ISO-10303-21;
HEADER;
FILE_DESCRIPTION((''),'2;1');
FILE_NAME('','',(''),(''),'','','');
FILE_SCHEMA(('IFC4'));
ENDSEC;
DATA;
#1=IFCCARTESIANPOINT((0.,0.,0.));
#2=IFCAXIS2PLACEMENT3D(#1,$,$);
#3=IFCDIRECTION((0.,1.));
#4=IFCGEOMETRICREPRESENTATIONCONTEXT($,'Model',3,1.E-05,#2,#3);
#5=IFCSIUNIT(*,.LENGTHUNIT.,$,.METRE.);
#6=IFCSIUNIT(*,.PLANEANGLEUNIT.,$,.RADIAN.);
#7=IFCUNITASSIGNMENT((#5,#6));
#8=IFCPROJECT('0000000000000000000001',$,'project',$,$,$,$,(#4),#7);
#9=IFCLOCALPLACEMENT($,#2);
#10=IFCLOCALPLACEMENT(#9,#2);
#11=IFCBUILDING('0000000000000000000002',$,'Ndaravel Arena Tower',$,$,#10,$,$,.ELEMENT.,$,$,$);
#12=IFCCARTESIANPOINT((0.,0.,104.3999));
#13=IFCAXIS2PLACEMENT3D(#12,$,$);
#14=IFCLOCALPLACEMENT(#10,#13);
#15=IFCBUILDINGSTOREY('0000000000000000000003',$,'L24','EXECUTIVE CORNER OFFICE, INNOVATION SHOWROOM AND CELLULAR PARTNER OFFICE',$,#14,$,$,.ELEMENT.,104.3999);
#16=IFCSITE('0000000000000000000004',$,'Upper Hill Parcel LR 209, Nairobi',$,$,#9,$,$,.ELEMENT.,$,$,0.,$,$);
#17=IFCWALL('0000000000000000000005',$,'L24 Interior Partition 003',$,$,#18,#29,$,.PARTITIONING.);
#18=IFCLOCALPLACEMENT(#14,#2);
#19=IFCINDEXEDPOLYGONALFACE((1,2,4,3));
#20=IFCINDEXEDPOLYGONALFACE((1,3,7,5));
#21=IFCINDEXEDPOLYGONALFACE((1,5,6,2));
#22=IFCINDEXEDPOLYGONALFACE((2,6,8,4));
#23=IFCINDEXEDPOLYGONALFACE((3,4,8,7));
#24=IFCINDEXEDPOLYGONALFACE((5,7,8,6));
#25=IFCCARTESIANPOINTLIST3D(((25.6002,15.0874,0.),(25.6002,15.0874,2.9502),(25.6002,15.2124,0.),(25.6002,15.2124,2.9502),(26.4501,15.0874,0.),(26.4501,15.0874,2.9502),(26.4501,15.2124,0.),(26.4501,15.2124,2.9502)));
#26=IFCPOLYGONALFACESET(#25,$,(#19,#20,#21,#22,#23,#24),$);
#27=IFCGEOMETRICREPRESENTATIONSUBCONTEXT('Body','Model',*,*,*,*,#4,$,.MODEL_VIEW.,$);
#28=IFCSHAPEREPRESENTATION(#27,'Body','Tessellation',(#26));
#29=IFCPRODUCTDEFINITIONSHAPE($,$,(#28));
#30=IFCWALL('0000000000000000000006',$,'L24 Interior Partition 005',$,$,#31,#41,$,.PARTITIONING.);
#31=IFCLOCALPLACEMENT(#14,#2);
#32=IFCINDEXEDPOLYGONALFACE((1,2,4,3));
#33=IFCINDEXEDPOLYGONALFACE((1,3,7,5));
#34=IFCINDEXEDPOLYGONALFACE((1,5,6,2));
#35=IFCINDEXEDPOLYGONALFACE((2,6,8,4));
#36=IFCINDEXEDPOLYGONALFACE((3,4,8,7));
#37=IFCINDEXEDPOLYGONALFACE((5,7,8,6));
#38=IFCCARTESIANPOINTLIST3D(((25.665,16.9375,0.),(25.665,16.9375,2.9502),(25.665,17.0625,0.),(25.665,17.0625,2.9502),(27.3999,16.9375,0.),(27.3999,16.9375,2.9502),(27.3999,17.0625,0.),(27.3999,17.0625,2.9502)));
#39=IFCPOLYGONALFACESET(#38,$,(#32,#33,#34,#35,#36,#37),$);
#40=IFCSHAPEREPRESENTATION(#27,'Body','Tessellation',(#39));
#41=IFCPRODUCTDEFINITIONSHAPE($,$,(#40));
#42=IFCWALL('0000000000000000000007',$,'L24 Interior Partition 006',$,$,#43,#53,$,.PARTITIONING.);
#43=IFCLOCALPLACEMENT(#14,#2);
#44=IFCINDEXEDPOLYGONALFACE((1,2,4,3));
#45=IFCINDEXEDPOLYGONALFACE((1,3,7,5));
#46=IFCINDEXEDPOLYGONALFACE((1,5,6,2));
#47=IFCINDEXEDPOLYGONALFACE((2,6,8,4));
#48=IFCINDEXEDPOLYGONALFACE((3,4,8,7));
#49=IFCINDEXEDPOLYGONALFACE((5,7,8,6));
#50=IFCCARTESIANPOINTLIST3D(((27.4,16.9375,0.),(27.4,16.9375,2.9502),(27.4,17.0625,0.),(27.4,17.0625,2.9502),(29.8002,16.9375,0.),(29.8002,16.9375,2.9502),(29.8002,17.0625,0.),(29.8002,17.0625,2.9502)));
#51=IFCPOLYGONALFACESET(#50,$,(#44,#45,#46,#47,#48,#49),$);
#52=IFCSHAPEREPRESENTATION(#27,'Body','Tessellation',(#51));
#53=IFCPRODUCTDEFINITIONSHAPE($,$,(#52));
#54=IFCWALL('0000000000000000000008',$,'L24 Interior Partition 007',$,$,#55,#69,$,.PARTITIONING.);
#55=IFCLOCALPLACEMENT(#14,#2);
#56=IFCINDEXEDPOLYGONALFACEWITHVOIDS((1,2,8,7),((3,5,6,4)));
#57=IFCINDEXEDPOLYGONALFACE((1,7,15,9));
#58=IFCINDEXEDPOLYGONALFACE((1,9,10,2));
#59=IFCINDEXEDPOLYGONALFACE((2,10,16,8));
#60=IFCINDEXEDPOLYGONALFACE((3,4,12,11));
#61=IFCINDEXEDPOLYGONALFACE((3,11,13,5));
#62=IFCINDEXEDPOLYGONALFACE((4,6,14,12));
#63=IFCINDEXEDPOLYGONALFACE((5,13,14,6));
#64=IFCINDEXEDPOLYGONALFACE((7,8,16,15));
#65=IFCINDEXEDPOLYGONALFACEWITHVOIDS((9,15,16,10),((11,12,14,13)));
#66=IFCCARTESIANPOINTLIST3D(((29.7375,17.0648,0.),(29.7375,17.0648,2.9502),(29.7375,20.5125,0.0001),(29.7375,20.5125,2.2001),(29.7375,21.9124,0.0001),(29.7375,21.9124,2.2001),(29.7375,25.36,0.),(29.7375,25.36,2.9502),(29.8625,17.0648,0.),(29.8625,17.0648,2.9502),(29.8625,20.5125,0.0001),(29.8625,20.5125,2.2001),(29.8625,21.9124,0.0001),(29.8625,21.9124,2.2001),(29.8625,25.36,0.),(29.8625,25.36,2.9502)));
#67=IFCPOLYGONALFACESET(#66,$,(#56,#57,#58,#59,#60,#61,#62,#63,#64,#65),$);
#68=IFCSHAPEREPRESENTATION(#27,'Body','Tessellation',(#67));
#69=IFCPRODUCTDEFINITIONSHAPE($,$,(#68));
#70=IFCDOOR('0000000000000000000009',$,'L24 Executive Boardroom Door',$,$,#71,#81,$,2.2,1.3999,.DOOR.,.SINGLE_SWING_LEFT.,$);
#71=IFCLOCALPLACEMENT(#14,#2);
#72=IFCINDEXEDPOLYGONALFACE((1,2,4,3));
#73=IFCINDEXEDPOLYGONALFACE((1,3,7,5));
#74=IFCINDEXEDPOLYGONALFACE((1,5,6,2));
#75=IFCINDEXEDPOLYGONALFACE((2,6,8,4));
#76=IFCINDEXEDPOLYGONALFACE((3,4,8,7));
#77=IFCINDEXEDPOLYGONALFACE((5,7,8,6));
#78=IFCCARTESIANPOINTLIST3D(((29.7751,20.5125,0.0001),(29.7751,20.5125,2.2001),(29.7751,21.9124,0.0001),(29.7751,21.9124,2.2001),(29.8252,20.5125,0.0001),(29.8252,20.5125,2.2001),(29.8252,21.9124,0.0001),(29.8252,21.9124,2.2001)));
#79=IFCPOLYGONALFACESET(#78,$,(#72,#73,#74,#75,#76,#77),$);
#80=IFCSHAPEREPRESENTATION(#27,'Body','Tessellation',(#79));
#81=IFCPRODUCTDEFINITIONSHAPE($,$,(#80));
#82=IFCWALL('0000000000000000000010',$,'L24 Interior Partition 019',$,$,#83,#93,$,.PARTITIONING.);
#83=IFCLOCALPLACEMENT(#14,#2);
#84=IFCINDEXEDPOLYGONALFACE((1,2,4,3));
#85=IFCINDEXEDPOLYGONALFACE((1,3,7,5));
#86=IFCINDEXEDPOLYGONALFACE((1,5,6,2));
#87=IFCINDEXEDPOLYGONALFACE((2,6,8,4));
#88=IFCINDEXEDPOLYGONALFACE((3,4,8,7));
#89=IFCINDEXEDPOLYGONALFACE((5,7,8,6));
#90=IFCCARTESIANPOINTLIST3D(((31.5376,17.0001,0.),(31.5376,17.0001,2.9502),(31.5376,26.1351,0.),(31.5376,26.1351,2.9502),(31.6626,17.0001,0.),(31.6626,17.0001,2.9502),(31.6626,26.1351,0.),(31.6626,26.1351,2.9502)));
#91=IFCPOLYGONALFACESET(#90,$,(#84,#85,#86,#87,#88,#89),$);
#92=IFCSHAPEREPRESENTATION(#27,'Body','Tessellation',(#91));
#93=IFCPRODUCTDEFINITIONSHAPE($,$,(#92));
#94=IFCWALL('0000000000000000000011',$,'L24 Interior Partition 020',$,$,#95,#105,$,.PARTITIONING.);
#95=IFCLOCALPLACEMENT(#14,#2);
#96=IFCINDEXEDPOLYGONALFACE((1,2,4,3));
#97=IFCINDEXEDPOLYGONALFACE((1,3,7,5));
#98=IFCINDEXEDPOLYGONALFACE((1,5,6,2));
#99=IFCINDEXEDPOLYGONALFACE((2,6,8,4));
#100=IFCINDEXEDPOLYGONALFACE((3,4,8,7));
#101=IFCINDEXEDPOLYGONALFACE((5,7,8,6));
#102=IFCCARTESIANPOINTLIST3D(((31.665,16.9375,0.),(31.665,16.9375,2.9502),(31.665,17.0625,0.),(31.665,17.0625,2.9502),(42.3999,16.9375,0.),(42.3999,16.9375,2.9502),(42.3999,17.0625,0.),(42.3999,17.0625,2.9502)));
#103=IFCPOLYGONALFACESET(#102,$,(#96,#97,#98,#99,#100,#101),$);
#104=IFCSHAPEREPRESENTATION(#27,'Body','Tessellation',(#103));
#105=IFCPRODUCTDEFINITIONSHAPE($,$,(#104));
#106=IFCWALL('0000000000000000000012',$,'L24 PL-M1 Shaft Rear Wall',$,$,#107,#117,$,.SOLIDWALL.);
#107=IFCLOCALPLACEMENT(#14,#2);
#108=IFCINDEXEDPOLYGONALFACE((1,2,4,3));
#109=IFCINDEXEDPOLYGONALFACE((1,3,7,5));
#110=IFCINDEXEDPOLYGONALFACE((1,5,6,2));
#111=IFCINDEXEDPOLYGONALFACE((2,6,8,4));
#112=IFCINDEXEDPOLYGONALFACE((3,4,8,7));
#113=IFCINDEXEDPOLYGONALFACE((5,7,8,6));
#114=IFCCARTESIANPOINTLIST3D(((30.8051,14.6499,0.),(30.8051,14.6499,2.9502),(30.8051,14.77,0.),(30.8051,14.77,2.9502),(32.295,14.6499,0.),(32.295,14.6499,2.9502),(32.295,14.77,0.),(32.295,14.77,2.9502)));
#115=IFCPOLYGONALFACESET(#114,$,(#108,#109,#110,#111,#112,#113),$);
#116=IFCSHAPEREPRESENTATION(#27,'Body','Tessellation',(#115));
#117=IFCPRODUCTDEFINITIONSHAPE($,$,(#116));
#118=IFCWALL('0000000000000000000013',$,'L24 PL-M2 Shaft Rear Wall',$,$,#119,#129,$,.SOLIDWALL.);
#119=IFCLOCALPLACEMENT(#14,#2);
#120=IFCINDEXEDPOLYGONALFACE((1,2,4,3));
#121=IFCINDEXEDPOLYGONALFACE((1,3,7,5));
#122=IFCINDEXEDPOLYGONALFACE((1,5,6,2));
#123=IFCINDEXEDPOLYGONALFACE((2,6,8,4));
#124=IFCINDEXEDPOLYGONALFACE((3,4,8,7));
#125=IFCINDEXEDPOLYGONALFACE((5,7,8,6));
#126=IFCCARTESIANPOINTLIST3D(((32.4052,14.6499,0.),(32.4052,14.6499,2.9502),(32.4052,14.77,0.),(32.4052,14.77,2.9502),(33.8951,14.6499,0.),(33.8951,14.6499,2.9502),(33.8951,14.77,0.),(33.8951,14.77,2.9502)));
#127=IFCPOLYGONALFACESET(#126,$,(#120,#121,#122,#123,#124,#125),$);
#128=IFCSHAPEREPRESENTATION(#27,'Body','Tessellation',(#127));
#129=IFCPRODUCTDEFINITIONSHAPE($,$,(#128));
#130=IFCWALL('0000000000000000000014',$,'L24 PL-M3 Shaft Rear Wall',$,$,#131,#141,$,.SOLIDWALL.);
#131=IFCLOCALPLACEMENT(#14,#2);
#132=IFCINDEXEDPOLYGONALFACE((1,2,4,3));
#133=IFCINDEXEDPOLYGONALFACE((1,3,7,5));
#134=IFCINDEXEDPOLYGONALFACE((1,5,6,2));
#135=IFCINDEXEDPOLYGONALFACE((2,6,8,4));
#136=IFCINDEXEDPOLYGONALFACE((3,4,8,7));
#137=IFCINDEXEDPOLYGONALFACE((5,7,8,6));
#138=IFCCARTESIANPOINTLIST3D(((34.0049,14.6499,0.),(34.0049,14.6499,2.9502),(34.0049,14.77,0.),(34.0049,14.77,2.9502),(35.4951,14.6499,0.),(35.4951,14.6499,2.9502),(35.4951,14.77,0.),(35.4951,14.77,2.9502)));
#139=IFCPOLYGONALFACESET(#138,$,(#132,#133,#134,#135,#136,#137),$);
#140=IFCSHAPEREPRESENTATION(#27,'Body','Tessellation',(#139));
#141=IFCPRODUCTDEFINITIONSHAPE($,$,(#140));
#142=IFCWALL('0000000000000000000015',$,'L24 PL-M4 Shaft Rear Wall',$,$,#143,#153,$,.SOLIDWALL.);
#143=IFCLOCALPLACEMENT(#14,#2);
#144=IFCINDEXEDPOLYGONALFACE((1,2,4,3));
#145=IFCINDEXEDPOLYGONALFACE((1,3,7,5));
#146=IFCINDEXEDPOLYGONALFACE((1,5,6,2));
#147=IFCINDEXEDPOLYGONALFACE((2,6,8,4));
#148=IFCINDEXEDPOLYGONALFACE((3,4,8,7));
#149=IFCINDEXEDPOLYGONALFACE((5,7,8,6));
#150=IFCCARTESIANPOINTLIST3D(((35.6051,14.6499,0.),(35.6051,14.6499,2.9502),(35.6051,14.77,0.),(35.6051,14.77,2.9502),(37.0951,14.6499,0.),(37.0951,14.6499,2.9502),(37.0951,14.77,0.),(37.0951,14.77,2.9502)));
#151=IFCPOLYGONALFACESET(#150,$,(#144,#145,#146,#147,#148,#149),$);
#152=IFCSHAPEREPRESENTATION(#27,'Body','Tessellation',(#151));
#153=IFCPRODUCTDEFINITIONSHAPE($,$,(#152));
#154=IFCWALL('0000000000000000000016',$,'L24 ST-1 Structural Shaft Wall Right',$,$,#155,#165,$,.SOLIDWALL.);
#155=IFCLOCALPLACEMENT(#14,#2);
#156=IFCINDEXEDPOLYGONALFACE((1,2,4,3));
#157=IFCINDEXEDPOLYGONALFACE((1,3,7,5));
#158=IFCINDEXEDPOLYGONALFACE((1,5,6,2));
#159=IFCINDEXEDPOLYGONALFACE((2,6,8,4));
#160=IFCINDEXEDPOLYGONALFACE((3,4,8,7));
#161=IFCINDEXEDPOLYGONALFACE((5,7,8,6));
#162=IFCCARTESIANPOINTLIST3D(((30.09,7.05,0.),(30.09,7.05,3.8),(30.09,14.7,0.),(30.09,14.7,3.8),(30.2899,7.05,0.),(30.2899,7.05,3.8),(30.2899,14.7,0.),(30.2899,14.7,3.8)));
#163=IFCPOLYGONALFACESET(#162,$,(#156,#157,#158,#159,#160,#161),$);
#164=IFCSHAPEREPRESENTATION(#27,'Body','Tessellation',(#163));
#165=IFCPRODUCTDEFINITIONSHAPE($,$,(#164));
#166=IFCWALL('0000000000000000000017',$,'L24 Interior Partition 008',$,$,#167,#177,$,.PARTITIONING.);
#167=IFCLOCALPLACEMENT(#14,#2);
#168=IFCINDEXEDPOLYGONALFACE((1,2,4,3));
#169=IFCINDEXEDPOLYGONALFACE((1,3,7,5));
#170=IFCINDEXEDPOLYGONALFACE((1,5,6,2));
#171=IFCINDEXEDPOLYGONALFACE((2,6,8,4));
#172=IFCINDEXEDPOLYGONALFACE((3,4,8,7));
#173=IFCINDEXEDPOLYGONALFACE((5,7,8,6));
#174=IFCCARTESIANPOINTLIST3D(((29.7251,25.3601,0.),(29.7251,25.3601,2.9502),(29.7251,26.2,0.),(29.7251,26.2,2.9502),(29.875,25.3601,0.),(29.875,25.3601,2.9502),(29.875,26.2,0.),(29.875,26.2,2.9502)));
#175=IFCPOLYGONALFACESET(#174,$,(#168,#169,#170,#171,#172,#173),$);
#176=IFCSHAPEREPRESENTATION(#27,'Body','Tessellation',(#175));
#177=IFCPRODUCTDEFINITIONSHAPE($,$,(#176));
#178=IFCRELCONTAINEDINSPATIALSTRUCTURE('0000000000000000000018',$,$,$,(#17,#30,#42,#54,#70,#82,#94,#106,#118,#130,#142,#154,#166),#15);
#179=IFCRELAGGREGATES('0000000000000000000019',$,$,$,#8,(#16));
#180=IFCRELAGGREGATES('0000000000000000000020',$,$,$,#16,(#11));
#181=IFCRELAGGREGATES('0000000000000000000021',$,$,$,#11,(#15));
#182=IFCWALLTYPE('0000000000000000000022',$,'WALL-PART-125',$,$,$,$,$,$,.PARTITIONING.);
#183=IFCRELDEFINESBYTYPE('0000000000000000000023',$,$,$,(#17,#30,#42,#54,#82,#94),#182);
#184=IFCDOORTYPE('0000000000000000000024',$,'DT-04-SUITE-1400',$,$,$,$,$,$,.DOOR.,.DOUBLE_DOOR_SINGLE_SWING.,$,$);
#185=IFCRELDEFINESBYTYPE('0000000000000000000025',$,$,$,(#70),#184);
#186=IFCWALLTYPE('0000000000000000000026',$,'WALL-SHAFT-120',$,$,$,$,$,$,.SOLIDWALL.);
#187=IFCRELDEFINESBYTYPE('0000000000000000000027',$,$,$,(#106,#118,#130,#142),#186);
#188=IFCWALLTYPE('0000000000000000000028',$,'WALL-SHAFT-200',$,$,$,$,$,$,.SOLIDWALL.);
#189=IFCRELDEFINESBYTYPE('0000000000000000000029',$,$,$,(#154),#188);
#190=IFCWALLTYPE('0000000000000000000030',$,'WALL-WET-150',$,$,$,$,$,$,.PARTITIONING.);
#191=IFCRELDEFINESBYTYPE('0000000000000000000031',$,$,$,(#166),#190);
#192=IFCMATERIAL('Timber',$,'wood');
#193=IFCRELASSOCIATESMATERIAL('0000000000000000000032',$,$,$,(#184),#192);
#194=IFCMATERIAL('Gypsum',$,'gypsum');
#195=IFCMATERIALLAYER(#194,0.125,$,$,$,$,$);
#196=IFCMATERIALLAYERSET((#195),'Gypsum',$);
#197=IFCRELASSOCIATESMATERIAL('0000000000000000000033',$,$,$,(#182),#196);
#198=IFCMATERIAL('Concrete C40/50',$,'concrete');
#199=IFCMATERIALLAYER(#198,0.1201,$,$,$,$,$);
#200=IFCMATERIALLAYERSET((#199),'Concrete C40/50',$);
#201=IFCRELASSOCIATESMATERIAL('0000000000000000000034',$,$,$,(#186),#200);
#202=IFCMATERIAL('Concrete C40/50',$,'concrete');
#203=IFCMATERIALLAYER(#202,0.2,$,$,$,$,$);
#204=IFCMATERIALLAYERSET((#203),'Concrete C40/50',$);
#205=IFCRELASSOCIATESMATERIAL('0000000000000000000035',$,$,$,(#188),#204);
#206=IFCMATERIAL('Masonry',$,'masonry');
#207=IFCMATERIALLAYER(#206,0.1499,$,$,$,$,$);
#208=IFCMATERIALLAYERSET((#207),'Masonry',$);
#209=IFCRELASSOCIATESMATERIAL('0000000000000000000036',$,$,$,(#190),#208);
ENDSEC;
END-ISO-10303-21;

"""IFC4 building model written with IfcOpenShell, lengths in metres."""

from ifc_helpers import new_model, si_unit, direction, frame, frame_2d, origin, place, context, subcontext, project, spatial, rectangle, extrude, material, layer, layer_set, type_object, element, fill, save


model = new_model("IFC4")

# Units and contexts
model_context = context("Model", 3, precision=1e-05, world=origin(), true_north=direction((0.0, 1.0)))
body_context = subcontext(model_context, "Body", "Model", "MODEL_VIEW")
ifc_project = project(units=[si_unit("LENGTHUNIT", "METRE"), si_unit("PLANEANGLEUNIT", "RADIAN")], contexts=[model_context])

# Site, building, storey
site_placement = place(None, origin())
site = spatial("IfcSite", under=ifc_project, at=site_placement, Name="Upper Hill Parcel LR 209, Nairobi", CompositionType="ELEMENT", RefElevation=0.0)
building_placement = place(site_placement, origin())
building = spatial("IfcBuilding", under=site, at=building_placement, Name="Ndaravel Arena Tower", CompositionType="ELEMENT")
storey_placement = place(building_placement, frame((0.0, 0.0, 104.3999)))
storey = spatial("IfcBuildingStorey", under=building, at=storey_placement, Name="L24", Description="EXECUTIVE CORNER OFFICE, INNOVATION SHOWROOM AND CELLULAR PARTNER OFFICE", CompositionType="ELEMENT", Elevation=104.3999)

# Shared definitions
ifc_material_1 = material(Name="Timber", Category="wood")
door_type_1 = type_object("IfcDoorType", Name="DT-04-SUITE-1400", OperationType="DOUBLE_DOOR_SINGLE_SWING", PredefinedType="DOOR", material=ifc_material_1)

# Walls
ifc_material_2 = material(Name="Gypsum", Category="gypsum")
ifc_layer_1 = layer(ifc_material_2, 0.125)
ifc_layer_set_1 = layer_set([ifc_layer_1], Name="Gypsum")
wall_type_1 = type_object("IfcWallType", Name="WALL-PART-125", PredefinedType="PARTITIONING", material=ifc_layer_set_1)
wall_1_placement = place(storey_placement, frame((26.45, 15.1499, 0.0), z_axis=(0.0, 0.0, 1.0), x_axis=(-1.0, 0.0, 0.0)))
element("IfcWall", 1, at=wall_1_placement, inside=storey, type_object=wall_type_1, Name="L24 Interior Partition 003", PredefinedType="PARTITIONING", context=body_context, shape_type="SweptSolid", body=[
    extrude(rectangle(XDim=0.8499, YDim=0.125, at=frame_2d((0.4248, 0.0))), origin(), (0.0, 0.0, 1.0), 2.9502),
])
wall_2_placement = place(storey_placement, frame((25.665, 17.0, 0.0), z_axis=(0.0, 0.0, 1.0), x_axis=(1.0, 0.0, 0.0)))
element("IfcWall", 2, at=wall_2_placement, inside=storey, type_object=wall_type_1, Name="L24 Interior Partition 005", PredefinedType="PARTITIONING", context=body_context, shape_type="SweptSolid", body=[
    extrude(rectangle(XDim=1.7349, YDim=0.125, at=frame_2d((0.8674, 0.0))), origin(), (0.0, 0.0, 1.0), 2.9502),
])
wall_3_placement = place(storey_placement, frame((27.3999, 17.0, 0.0), z_axis=(0.0, 0.0, 1.0), x_axis=(1.0, 0.0, 0.0)))
element("IfcWall", 3, at=wall_3_placement, inside=storey, type_object=wall_type_1, Name="L24 Interior Partition 006", PredefinedType="PARTITIONING", context=body_context, shape_type="SweptSolid", body=[
    extrude(rectangle(XDim=2.4001, YDim=0.125, at=frame_2d((1.2002, 0.0))), origin(), (0.0, 0.0, 1.0), 2.9502),
])

# Wall, opening, door
wall_4_placement = place(storey_placement, frame((29.8, 17.0649, 0.0), z_axis=(0.0, 0.0, 1.0), x_axis=(0.0, 1.0, 0.0)))
wall_4 = element("IfcWall", 4, at=wall_4_placement, inside=storey, type_object=wall_type_1, Name="L24 Interior Partition 007", PredefinedType="PARTITIONING", context=body_context, shape_type="SweptSolid", body=[
    extrude(rectangle(XDim=8.2952, YDim=0.125, at=frame_2d((4.1475, 0.0))), origin(), (0.0, 0.0, 1.0), 2.9502),
])
opening_1_placement = place(wall_4_placement, frame((3.4475, 0.0, 0.0)))
opening_1 = element("IfcOpeningElement", 5, at=opening_1_placement, cuts=wall_4, PredefinedType="OPENING", context=body_context, shape_type="SweptSolid", body=[
    extrude(rectangle(XDim=1.3999, YDim=2.2, at=frame_2d((0.7, 1.1001))), frame((0.0, 0.0625, 0.0), z_axis=(0.0, -1.0, 0.0), x_axis=(1.0, 0.0, 0.0)), (0.0, 0.0, 1.0), 0.125),
])
door_1_placement = place(opening_1_placement, origin())
door_1 = element("IfcDoor", 6, at=door_1_placement, inside=storey, type_object=door_type_1, Name="L24 Executive Boardroom Door", OperationType="SINGLE_SWING_LEFT", OverallHeight=2.2, OverallWidth=1.3999, PredefinedType="DOOR", context=body_context, shape_type="SweptSolid", body=[
    extrude(rectangle(XDim=1.3999, YDim=2.2, at=frame_2d((0.7, 1.1001))), frame((0.0, 0.0249, 0.0), z_axis=(0.0, -1.0, 0.0), x_axis=(1.0, 0.0, 0.0)), (0.0, 0.0, 1.0), 0.05),
])
fill(opening_1, door_1)

# Walls
wall_5_placement = place(storey_placement, frame((31.6001, 26.135, 0.0), z_axis=(0.0, 0.0, 1.0), x_axis=(0.0, -1.0, 0.0)))
element("IfcWall", 7, at=wall_5_placement, inside=storey, type_object=wall_type_1, Name="L24 Interior Partition 019", PredefinedType="PARTITIONING", context=body_context, shape_type="SweptSolid", body=[
    extrude(rectangle(XDim=9.135, YDim=0.125, at=frame_2d((4.5674, 0.0))), origin(), (0.0, 0.0, 1.0), 2.9502),
])
wall_6_placement = place(storey_placement, frame((31.665, 17.0, 0.0), z_axis=(0.0, 0.0, 1.0), x_axis=(1.0, 0.0, 0.0)))
element("IfcWall", 8, at=wall_6_placement, inside=storey, type_object=wall_type_1, Name="L24 Interior Partition 020", PredefinedType="PARTITIONING", context=body_context, shape_type="SweptSolid", body=[
    extrude(rectangle(XDim=10.7349, YDim=0.125, at=frame_2d((5.3674, 0.0))), origin(), (0.0, 0.0, 1.0), 2.9502),
])
ifc_material_3 = material(Name="Concrete C40/50", Category="concrete")
ifc_layer_2 = layer(ifc_material_3, 0.1201)
ifc_layer_set_2 = layer_set([ifc_layer_2], Name="Concrete C40/50")
wall_type_2 = type_object("IfcWallType", Name="WALL-SHAFT-120", PredefinedType="SOLIDWALL", material=ifc_layer_set_2)
for number, where, z_axis, x_axis, name in (
    (9, (30.8049, 14.71, 0.0), (0.0, 0.0, 1.0), (1.0, 0.0, 0.0), "L24 PL-M1 Shaft Rear Wall"),
    (10, (32.405, 14.71, 0.0), (0.0, 0.0, 1.0), (1.0, 0.0, 0.0), "L24 PL-M2 Shaft Rear Wall"),
):
    element("IfcWall", number, at=place(storey_placement, frame(where, z_axis=z_axis, x_axis=x_axis)), inside=storey, type_object=wall_type_2, Name=name, PredefinedType="SOLIDWALL", context=body_context, shape_type="SweptSolid", body=[
        extrude(rectangle(XDim=1.49, YDim=0.1201, at=frame_2d((0.7451, 0.0))), origin(), (0.0, 0.0, 1.0), 2.9502),
    ])
wall_7_placement = place(storey_placement, frame((34.0049, 14.71, 0.0), z_axis=(0.0, 0.0, 1.0), x_axis=(1.0, 0.0, 0.0)))
element("IfcWall", 11, at=wall_7_placement, inside=storey, type_object=wall_type_2, Name="L24 PL-M3 Shaft Rear Wall", PredefinedType="SOLIDWALL", context=body_context, shape_type="SweptSolid", body=[
    extrude(rectangle(XDim=1.4902, YDim=0.1201, at=frame_2d((0.7451, 0.0))), origin(), (0.0, 0.0, 1.0), 2.9502),
])
wall_8_placement = place(storey_placement, frame((35.605, 14.71, 0.0), z_axis=(0.0, 0.0, 1.0), x_axis=(1.0, 0.0, 0.0)))
element("IfcWall", 12, at=wall_8_placement, inside=storey, type_object=wall_type_2, Name="L24 PL-M4 Shaft Rear Wall", PredefinedType="SOLIDWALL", context=body_context, shape_type="SweptSolid", body=[
    extrude(rectangle(XDim=1.49, YDim=0.1201, at=frame_2d((0.7451, 0.0))), origin(), (0.0, 0.0, 1.0), 2.9502),
])
ifc_material_4 = material(Name="Concrete C40/50", Category="concrete")
ifc_layer_3 = layer(ifc_material_4, 0.2)
ifc_layer_set_3 = layer_set([ifc_layer_3], Name="Concrete C40/50")
wall_type_3 = type_object("IfcWallType", Name="WALL-SHAFT-200", PredefinedType="SOLIDWALL", material=ifc_layer_set_3)
wall_9_placement = place(storey_placement, frame((30.1899, 14.7, 0.0), z_axis=(0.0, 0.0, 1.0), x_axis=(0.0, -1.0, 0.0)))
element("IfcWall", 13, at=wall_9_placement, inside=storey, type_object=wall_type_3, Name="L24 ST-1 Structural Shaft Wall Right", PredefinedType="SOLIDWALL", context=body_context, shape_type="SweptSolid", body=[
    extrude(rectangle(XDim=7.6499, YDim=0.2, at=frame_2d((3.825, 0.0))), origin(), (0.0, 0.0, 1.0), 3.8),
])
ifc_material_5 = material(Name="Masonry", Category="masonry")
ifc_layer_4 = layer(ifc_material_5, 0.1499)
ifc_layer_set_4 = layer_set([ifc_layer_4], Name="Masonry")
wall_type_4 = type_object("IfcWallType", Name="WALL-WET-150", PredefinedType="PARTITIONING", material=ifc_layer_set_4)
wall_10_placement = place(storey_placement, frame((29.8, 25.3601, 0.0), z_axis=(0.0, 0.0, 1.0), x_axis=(0.0, 1.0, 0.0)))
element("IfcWall", 14, at=wall_10_placement, inside=storey, type_object=wall_type_4, Name="L24 Interior Partition 008", PredefinedType="PARTITIONING", context=body_context, shape_type="SweptSolid", body=[
    extrude(rectangle(XDim=0.8398, YDim=0.1499, at=frame_2d((0.4199, 0.0))), origin(), (0.0, 0.0, 1.0), 2.9502),
])

save(model, "model.ifc")
